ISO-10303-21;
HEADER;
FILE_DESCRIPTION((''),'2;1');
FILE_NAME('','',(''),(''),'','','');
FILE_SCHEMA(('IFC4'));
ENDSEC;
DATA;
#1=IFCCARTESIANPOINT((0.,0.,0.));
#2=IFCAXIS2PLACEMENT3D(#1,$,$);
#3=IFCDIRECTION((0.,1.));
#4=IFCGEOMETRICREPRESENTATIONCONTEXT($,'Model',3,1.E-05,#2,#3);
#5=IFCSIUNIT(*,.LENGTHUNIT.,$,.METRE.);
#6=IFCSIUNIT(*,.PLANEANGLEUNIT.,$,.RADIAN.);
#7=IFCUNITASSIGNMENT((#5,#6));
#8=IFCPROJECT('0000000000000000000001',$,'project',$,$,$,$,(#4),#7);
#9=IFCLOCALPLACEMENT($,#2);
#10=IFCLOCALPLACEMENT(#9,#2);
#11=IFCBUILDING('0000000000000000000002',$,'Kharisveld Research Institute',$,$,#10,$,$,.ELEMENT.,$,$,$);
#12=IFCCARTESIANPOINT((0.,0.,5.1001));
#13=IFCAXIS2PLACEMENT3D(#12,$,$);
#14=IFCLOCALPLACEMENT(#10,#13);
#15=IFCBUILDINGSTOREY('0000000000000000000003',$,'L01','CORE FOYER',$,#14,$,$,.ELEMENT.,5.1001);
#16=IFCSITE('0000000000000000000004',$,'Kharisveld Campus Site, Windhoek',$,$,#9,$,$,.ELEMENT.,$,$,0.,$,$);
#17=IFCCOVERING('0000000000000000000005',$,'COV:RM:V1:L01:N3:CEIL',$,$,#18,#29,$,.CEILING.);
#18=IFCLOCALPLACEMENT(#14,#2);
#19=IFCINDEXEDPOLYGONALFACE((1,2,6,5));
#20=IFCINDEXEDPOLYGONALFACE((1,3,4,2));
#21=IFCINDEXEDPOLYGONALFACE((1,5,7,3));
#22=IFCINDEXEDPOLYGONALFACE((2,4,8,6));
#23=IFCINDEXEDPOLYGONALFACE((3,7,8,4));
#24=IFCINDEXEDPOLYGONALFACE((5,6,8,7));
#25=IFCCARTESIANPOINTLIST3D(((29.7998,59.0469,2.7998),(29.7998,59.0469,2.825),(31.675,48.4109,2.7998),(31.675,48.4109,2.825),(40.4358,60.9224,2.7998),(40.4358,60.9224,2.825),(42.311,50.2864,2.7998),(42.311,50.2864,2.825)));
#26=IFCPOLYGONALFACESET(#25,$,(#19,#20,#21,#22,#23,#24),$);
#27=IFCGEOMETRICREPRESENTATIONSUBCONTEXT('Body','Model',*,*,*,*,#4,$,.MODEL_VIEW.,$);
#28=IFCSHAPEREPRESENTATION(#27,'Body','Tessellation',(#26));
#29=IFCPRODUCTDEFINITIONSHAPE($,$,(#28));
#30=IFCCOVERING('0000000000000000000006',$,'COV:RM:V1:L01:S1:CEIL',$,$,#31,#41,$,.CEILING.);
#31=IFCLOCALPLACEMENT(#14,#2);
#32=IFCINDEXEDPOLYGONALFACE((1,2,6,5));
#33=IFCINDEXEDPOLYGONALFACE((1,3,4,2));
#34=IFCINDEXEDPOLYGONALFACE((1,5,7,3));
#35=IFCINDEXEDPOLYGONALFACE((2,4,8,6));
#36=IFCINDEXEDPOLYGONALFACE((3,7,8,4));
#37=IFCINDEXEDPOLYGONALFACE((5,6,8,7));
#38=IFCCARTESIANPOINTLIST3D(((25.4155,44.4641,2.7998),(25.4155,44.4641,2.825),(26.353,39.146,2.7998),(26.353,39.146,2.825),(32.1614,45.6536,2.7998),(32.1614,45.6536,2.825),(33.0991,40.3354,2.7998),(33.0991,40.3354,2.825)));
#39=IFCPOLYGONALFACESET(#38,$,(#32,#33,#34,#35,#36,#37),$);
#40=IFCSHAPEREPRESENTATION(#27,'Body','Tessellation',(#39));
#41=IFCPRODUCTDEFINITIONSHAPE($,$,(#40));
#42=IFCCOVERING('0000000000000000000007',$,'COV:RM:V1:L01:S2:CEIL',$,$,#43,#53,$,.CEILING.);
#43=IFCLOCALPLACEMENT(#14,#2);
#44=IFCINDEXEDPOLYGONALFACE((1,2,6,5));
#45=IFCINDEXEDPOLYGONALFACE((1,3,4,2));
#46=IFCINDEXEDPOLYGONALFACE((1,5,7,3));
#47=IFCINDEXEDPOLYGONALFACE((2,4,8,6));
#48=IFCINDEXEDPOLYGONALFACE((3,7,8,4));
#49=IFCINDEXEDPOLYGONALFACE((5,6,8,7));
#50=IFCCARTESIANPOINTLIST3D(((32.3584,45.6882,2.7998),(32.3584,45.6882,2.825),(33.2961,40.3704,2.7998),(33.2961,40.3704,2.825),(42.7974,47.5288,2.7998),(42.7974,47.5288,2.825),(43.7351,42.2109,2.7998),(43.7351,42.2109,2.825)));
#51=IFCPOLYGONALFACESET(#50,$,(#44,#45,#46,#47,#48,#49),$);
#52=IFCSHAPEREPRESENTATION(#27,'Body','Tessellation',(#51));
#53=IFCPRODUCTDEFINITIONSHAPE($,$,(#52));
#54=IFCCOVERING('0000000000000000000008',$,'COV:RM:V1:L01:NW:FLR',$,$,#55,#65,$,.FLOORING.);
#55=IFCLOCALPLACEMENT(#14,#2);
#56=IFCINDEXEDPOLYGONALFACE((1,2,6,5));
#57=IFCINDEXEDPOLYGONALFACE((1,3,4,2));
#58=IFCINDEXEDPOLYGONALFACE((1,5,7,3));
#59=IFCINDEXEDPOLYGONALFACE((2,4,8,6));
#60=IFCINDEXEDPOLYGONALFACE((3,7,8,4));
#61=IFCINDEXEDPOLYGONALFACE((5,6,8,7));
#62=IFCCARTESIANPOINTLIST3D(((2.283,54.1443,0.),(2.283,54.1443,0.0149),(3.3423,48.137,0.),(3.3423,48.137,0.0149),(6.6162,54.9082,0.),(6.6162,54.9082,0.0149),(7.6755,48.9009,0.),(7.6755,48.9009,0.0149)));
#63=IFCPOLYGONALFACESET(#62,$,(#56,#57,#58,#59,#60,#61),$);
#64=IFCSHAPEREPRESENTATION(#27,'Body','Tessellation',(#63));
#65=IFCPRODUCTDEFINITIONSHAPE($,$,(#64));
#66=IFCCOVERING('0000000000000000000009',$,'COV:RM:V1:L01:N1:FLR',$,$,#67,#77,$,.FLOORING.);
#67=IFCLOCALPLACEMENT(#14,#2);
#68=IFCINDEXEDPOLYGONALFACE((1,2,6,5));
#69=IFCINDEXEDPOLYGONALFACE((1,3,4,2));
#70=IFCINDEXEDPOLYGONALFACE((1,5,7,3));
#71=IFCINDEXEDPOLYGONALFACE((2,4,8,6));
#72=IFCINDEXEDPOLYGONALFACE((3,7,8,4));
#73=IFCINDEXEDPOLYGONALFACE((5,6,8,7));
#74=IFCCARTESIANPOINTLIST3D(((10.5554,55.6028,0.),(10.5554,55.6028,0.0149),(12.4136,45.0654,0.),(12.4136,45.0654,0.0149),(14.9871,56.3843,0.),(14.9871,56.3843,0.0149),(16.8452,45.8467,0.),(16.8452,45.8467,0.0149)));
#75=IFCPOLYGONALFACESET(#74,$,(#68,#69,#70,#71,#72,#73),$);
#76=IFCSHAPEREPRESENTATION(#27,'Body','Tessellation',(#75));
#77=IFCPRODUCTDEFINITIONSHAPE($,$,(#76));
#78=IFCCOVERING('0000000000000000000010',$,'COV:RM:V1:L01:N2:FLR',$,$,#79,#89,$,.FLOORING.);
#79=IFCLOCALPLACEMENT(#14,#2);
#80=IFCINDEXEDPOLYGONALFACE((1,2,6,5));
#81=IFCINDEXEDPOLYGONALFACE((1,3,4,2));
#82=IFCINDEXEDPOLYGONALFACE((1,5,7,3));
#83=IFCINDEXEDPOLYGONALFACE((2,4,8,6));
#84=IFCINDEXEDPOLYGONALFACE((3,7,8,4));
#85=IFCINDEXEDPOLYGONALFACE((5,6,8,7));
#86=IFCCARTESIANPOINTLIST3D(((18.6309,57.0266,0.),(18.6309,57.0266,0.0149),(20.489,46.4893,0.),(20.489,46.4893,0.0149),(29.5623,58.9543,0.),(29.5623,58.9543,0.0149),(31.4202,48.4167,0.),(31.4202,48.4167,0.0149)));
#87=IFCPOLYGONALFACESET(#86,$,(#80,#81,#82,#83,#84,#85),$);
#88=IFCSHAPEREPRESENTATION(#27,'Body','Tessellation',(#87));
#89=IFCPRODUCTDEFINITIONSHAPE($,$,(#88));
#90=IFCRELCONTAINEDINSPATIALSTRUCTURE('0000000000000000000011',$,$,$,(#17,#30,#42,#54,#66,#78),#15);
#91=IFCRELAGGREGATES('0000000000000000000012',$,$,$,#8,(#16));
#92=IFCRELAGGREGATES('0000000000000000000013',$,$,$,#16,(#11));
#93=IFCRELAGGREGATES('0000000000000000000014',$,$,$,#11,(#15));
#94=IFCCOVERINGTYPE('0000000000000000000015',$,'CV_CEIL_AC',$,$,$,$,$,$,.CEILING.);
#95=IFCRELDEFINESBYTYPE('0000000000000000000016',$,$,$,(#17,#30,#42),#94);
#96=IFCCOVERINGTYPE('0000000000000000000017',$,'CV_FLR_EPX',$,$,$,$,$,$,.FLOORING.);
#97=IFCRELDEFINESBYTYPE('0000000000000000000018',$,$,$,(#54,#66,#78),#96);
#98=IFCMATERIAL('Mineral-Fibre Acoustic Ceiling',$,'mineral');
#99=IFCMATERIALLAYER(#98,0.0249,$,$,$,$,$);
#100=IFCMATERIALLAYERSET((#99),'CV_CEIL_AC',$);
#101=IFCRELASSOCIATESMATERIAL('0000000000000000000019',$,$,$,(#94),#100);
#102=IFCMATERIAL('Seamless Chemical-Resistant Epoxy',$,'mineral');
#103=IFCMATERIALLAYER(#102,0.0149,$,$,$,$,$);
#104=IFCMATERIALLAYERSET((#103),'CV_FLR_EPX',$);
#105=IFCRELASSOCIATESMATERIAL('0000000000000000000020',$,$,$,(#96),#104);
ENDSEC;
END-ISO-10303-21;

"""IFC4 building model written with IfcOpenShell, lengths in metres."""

from ifc_helpers import new_model, si_unit, direction, frame, origin, place, context, subcontext, project, spatial, polyline, outline, extrude, material, layer, layer_set, type_object, element, save


model = new_model("IFC4")

# Units and contexts
model_context = context("Model", 3, precision=1e-05, world=origin(), true_north=direction((0.0, 1.0)))
body_context = subcontext(model_context, "Body", "Model", "MODEL_VIEW")
ifc_project = project(units=[si_unit("LENGTHUNIT", "METRE"), si_unit("PLANEANGLEUNIT", "RADIAN")], contexts=[model_context])

# Site, building, storey
site_placement = place(None, origin())
site = spatial("IfcSite", under=ifc_project, at=site_placement, Name="Kharisveld Campus Site, Windhoek", CompositionType="ELEMENT", RefElevation=0.0)
building_placement = place(site_placement, origin())
building = spatial("IfcBuilding", under=site, at=building_placement, Name="Kharisveld Research Institute", CompositionType="ELEMENT")
storey_placement = place(building_placement, frame((0.0, 0.0, 5.1001)))
storey = spatial("IfcBuildingStorey", under=building, at=storey_placement, Name="L01", Description="CORE FOYER", CompositionType="ELEMENT", Elevation=5.1001)

# Coverings
ifc_material_1 = material(Name="Mineral-Fibre Acoustic Ceiling", Category="mineral")
ifc_layer_1 = layer(ifc_material_1, 0.0249)
ifc_layer_set_1 = layer_set([ifc_layer_1], Name="CV_CEIL_AC")
covering_type_1 = type_object("IfcCoveringType", Name="CV_CEIL_AC", PredefinedType="CEILING", material=ifc_layer_set_1)
covering_1_placement = place(storey_placement, frame((0.0, 0.0, 2.7998)))
element("IfcCovering", 1, at=covering_1_placement, inside=storey, type_object=covering_type_1, Name="COV:RM:V1:L01:N3:CEIL", PredefinedType="CEILING", context=body_context, shape_type="SweptSolid", body=[
    extrude(outline(polyline([(31.675, 48.4109), (42.311, 50.2864), (40.4358, 60.9224), (29.7998, 59.0469), (31.675, 48.4109)])), origin(), (0.0, 0.0, 1.0), 0.0251),
])
covering_2_placement = place(storey_placement, frame((0.0, 0.0, 2.7998)))
element("IfcCovering", 2, at=covering_2_placement, inside=storey, type_object=covering_type_1, Name="COV:RM:V1:L01:S1:CEIL", PredefinedType="CEILING", context=body_context, shape_type="SweptSolid", body=[
    extrude(outline(polyline([(26.353, 39.146), (33.0991, 40.3354), (32.1614, 45.6536), (25.4155, 44.4641), (26.353, 39.146)])), origin(), (0.0, 0.0, 1.0), 0.0251),
])
covering_3_placement = place(storey_placement, frame((0.0, 0.0, 2.7998)))
element("IfcCovering", 3, at=covering_3_placement, inside=storey, type_object=covering_type_1, Name="COV:RM:V1:L01:S2:CEIL", PredefinedType="CEILING", context=body_context, shape_type="SweptSolid", body=[
    extrude(outline(polyline([(33.2961, 40.3704), (43.7351, 42.2109), (42.7974, 47.5288), (32.3584, 45.6882), (33.2961, 40.3704)])), origin(), (0.0, 0.0, 1.0), 0.0251),
])
ifc_material_2 = material(Name="Seamless Chemical-Resistant Epoxy", Category="mineral")
ifc_layer_2 = layer(ifc_material_2, 0.0149)
ifc_layer_set_2 = layer_set([ifc_layer_2], Name="CV_FLR_EPX")
covering_type_2 = type_object("IfcCoveringType", Name="CV_FLR_EPX", PredefinedType="FLOORING", material=ifc_layer_set_2)
covering_4_placement = place(storey_placement, origin())
element("IfcCovering", 4, at=covering_4_placement, inside=storey, type_object=covering_type_2, Name="COV:RM:V1:L01:NW:FLR", PredefinedType="FLOORING", context=body_context, shape_type="SweptSolid", body=[
    extrude(outline(polyline([(3.3423, 48.137), (7.6755, 48.9009), (6.6162, 54.9082), (2.283, 54.1443), (3.3423, 48.137)])), origin(), (0.0, 0.0, 1.0), 0.0149),
])
covering_5_placement = place(storey_placement, origin())
element("IfcCovering", 5, at=covering_5_placement, inside=storey, type_object=covering_type_2, Name="COV:RM:V1:L01:N1:FLR", PredefinedType="FLOORING", context=body_context, shape_type="SweptSolid", body=[
    extrude(outline(polyline([(12.4136, 45.0654), (16.8452, 45.8467), (14.9871, 56.3843), (10.5554, 55.6028), (12.4136, 45.0654)])), origin(), (0.0, 0.0, 1.0), 0.0149),
])
covering_6_placement = place(storey_placement, origin())
element("IfcCovering", 6, at=covering_6_placement, inside=storey, type_object=covering_type_2, Name="COV:RM:V1:L01:N2:FLR", PredefinedType="FLOORING", context=body_context, shape_type="SweptSolid", body=[
    extrude(outline(polyline([(20.489, 46.4893), (31.4202, 48.4167), (29.5623, 58.9543), (18.6309, 57.0266), (20.489, 46.4893)])), origin(), (0.0, 0.0, 1.0), 0.0149),
])

save(model, "model.ifc")
